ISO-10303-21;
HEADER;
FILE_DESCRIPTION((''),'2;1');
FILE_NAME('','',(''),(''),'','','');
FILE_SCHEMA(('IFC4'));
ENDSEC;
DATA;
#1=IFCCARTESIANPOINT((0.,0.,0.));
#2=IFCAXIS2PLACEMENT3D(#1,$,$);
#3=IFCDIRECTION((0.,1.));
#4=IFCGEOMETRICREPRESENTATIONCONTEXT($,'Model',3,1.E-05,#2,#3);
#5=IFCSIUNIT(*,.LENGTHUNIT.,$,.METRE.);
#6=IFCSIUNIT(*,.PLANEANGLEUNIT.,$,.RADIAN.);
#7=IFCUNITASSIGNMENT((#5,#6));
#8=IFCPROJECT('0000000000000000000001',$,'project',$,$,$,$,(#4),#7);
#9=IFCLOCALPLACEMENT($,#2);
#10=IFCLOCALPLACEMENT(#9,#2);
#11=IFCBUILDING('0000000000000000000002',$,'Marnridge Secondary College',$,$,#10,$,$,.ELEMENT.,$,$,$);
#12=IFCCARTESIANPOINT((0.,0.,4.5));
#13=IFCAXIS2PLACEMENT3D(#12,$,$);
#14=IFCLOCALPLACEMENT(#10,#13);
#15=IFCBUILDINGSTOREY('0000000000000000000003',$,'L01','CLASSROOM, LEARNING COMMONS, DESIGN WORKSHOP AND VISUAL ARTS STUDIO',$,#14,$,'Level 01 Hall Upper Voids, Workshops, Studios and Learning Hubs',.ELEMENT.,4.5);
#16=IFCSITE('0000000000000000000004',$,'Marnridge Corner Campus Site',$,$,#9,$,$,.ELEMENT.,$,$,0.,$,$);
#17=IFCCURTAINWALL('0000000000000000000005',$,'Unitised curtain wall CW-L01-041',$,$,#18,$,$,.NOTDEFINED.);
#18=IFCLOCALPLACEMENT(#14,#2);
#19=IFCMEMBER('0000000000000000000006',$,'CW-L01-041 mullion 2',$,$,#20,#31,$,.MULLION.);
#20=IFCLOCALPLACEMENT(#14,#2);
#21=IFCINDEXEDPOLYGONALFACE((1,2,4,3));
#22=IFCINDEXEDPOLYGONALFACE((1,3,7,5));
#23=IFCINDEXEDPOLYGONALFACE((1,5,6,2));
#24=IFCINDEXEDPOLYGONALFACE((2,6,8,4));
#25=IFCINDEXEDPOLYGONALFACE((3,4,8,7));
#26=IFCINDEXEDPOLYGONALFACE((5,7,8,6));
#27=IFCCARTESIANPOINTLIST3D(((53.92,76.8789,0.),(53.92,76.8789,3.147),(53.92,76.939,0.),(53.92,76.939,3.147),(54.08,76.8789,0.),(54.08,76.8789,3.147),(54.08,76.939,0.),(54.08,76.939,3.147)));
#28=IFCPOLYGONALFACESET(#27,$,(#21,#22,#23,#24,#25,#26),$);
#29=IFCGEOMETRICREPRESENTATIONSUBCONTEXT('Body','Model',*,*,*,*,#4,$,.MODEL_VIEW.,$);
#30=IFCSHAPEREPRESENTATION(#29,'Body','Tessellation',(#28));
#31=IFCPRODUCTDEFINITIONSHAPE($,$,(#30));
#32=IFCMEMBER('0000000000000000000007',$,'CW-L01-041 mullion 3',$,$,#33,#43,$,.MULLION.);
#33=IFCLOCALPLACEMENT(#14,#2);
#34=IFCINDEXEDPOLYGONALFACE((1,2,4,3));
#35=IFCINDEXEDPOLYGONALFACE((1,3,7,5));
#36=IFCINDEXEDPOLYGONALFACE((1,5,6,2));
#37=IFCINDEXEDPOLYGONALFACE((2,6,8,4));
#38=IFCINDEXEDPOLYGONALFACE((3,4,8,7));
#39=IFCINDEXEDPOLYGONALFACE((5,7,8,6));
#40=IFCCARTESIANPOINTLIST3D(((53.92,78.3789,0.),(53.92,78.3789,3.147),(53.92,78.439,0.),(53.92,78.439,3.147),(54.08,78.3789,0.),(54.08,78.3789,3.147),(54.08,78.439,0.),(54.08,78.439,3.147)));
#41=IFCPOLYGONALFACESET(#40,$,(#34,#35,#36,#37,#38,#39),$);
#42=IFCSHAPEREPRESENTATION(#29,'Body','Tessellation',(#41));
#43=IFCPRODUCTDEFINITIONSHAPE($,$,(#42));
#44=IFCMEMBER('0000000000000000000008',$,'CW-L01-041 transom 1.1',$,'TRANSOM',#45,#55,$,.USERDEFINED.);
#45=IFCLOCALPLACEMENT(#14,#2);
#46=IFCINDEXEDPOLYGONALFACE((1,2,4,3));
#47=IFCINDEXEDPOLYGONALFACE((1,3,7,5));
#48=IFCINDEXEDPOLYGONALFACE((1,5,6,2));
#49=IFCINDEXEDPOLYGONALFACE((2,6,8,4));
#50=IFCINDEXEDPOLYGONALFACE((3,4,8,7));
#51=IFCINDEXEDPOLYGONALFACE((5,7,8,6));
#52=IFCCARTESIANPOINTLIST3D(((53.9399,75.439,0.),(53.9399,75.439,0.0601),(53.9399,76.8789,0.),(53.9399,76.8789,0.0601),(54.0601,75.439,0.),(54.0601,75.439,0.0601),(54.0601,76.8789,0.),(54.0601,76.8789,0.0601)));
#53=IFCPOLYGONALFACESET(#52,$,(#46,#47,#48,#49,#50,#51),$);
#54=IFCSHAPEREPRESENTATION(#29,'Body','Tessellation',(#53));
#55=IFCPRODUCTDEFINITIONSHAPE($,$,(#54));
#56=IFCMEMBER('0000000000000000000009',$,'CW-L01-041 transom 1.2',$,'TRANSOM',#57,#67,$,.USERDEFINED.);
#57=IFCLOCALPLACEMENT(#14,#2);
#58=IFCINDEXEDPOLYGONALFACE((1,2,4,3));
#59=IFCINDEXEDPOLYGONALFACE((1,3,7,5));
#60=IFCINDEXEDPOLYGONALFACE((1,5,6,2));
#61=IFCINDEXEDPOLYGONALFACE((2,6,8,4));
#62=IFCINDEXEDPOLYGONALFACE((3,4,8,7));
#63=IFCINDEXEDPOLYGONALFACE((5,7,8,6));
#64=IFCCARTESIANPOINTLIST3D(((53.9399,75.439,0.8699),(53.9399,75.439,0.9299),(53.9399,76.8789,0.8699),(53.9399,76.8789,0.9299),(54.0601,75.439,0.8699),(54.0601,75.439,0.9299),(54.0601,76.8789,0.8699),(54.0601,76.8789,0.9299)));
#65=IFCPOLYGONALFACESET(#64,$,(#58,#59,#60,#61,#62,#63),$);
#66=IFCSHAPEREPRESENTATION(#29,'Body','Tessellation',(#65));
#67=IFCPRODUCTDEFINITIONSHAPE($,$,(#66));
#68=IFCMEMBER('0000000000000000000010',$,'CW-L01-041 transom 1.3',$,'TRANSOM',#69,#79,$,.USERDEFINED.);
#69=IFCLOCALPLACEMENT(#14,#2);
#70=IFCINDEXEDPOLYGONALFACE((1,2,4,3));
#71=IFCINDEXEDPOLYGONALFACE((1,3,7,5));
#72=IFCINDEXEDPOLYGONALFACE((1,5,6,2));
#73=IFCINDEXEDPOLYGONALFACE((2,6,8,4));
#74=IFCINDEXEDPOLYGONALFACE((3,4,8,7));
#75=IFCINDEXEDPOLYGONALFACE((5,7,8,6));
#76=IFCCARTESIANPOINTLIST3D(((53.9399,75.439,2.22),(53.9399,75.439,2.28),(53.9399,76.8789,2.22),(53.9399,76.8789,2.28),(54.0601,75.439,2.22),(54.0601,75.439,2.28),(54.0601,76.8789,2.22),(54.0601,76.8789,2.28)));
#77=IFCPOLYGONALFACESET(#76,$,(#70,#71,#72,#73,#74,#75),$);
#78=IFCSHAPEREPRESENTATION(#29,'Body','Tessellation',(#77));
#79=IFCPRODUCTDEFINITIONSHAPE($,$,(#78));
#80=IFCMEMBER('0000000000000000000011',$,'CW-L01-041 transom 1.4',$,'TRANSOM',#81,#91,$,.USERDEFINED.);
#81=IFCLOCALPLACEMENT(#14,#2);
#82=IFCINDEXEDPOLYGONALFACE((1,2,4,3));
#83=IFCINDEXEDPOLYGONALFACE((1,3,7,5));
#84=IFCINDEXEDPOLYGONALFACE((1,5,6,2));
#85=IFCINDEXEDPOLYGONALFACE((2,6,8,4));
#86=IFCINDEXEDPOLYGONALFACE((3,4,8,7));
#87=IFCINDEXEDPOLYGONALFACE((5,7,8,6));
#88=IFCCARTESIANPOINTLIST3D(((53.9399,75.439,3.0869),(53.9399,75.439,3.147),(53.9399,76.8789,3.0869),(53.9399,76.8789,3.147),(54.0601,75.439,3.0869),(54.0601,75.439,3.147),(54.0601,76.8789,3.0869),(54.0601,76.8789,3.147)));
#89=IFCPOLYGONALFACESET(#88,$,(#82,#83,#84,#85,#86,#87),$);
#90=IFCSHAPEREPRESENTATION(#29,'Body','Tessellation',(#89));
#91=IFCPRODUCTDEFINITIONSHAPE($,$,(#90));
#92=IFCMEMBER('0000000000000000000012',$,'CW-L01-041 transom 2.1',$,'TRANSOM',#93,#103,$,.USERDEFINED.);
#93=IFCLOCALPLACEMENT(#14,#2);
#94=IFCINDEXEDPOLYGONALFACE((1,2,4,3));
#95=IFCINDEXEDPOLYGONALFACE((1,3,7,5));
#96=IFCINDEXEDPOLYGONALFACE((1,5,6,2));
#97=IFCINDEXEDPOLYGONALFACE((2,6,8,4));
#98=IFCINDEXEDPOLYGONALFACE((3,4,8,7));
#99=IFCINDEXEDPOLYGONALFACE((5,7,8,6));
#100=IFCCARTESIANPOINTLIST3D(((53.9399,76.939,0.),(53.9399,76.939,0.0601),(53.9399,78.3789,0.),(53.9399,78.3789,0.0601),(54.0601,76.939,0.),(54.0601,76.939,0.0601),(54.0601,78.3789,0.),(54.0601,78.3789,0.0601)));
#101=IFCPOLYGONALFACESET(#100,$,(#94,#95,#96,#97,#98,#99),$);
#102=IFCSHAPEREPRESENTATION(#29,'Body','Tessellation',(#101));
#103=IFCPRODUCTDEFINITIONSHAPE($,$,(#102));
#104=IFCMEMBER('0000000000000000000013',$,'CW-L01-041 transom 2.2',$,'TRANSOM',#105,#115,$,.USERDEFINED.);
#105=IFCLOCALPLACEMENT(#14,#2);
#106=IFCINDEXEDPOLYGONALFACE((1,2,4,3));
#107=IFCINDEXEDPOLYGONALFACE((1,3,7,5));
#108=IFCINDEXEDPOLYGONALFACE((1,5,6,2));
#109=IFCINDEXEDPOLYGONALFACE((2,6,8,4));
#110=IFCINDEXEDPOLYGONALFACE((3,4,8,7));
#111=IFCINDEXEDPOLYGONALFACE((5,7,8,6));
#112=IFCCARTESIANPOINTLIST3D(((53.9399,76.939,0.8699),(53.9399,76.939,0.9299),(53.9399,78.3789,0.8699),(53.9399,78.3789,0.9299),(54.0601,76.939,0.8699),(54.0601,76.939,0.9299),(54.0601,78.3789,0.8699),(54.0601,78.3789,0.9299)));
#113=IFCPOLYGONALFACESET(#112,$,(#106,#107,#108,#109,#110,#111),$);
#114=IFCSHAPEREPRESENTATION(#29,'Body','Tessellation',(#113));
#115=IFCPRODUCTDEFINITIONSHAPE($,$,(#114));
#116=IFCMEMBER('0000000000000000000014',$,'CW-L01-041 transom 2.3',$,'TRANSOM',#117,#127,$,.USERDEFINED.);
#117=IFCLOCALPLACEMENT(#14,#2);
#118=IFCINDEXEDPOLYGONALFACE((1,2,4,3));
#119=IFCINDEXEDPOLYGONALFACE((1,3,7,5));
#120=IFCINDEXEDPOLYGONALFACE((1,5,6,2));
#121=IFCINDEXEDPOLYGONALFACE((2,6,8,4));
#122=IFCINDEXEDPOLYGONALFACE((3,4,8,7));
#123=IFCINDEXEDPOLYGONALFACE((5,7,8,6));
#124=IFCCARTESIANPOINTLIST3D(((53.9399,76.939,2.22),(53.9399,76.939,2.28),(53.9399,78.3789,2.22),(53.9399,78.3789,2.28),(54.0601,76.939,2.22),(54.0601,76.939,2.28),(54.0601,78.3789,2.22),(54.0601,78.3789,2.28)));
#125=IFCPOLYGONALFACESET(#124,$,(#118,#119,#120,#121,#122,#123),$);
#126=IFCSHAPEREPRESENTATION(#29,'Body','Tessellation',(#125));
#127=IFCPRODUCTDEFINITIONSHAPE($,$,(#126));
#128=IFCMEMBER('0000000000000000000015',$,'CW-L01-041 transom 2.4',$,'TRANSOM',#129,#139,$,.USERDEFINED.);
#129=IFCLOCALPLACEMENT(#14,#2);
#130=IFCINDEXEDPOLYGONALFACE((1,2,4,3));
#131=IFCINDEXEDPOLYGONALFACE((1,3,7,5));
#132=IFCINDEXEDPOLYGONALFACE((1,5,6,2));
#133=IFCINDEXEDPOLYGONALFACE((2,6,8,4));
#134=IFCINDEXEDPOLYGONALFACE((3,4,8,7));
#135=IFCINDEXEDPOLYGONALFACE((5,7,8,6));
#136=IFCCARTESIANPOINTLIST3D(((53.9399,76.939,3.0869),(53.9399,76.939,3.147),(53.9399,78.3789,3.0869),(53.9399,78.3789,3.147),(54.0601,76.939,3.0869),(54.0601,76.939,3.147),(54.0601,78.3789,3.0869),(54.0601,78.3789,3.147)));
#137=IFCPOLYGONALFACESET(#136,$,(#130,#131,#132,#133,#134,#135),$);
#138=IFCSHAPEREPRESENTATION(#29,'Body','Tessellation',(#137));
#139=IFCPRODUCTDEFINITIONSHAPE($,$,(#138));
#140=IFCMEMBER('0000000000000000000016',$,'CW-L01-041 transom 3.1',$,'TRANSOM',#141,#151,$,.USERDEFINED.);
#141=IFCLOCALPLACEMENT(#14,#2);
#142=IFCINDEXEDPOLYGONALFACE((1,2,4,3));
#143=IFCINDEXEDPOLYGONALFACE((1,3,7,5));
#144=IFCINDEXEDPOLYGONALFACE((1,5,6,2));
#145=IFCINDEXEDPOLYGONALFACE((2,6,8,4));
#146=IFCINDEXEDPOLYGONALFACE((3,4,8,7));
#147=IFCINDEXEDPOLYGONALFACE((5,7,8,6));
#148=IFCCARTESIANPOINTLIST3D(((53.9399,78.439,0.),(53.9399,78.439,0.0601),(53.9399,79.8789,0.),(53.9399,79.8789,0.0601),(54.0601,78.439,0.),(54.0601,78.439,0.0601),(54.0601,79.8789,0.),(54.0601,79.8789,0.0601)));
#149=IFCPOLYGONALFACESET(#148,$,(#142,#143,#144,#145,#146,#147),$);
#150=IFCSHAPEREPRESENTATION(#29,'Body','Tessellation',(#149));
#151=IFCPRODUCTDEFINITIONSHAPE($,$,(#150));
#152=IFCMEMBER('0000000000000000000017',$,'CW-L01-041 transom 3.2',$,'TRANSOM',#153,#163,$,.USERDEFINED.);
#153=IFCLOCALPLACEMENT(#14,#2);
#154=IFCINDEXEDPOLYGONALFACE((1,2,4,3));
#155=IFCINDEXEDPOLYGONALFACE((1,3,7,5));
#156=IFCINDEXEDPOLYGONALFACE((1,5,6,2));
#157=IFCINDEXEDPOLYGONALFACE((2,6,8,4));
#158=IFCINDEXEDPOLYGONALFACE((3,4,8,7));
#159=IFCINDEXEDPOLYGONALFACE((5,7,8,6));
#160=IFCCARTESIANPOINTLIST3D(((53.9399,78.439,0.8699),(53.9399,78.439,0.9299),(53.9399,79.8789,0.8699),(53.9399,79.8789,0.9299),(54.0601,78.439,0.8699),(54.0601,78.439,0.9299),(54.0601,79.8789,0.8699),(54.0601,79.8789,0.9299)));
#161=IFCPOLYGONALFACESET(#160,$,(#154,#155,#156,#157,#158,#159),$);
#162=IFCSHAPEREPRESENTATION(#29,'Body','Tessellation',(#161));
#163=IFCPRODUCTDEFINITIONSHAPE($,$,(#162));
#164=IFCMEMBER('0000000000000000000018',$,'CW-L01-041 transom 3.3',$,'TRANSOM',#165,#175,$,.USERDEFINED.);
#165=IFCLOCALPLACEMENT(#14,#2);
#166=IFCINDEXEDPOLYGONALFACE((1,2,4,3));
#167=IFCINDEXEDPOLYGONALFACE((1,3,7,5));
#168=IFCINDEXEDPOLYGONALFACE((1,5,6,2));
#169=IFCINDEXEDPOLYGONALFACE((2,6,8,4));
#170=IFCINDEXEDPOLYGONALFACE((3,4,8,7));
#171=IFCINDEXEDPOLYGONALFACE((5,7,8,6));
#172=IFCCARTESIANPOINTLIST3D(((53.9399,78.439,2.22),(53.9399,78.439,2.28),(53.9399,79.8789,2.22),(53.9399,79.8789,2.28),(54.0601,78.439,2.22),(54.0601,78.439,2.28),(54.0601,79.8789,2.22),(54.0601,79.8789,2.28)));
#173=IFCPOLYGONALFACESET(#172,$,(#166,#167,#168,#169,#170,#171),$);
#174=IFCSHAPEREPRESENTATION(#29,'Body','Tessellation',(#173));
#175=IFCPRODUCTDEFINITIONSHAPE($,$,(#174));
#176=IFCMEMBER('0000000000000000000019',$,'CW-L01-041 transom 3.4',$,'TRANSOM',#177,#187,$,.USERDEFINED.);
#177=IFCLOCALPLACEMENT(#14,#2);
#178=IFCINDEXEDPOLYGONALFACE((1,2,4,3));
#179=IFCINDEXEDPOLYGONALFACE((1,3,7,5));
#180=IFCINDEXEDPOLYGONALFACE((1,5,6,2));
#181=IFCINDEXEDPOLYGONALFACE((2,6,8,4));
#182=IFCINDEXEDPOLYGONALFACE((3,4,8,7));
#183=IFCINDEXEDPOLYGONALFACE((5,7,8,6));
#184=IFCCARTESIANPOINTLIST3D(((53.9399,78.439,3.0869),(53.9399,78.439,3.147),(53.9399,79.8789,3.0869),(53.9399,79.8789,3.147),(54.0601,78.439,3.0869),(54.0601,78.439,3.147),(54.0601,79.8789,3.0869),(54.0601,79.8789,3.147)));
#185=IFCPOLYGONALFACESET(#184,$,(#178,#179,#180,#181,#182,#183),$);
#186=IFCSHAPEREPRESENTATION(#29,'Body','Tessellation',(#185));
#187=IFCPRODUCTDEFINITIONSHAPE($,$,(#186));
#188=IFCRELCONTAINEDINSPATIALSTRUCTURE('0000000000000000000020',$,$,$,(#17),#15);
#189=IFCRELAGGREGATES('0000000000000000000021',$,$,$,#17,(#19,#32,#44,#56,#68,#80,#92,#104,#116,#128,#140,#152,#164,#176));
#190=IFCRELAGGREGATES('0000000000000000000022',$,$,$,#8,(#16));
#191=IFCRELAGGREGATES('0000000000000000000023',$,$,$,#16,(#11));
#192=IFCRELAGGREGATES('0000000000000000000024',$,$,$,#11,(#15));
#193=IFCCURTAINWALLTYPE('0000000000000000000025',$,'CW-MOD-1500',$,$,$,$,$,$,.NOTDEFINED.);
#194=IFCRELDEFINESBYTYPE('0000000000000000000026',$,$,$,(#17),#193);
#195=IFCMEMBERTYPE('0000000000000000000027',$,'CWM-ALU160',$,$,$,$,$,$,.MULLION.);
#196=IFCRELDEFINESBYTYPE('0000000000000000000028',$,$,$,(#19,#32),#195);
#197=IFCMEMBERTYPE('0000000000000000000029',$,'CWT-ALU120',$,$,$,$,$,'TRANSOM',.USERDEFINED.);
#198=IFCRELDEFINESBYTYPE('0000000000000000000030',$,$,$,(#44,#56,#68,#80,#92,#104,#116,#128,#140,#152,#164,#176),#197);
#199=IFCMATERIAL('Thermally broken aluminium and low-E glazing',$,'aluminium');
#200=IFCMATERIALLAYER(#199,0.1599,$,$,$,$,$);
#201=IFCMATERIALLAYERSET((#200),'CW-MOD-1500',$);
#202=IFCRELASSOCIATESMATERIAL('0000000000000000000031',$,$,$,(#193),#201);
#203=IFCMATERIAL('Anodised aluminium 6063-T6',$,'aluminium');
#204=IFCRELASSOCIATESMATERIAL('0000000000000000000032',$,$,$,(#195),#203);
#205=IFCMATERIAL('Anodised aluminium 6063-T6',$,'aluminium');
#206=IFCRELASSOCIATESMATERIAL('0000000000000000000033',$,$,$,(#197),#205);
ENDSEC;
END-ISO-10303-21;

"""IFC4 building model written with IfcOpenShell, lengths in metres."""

from ifc_helpers import new_model, si_unit, direction, frame, origin, origin_2d, place, context, subcontext, project, spatial, rectangle, extrude, material, layer, layer_set, material_profile, profile_set, type_object, element, aggregate, save


model = new_model("IFC4")

# Units and contexts
model_context = context("Model", 3, precision=1e-05, world=origin(), true_north=direction((0.0, 1.0)))
body_context = subcontext(model_context, "Body", "Model", "MODEL_VIEW")
ifc_project = project(units=[si_unit("LENGTHUNIT", "METRE"), si_unit("PLANEANGLEUNIT", "RADIAN")], contexts=[model_context])

# Site, building, storey
site_placement = place(None, origin())
site = spatial("IfcSite", under=ifc_project, at=site_placement, Name="Marnridge Corner Campus Site", CompositionType="ELEMENT", RefElevation=0.0)
building_placement = place(site_placement, origin())
building = spatial("IfcBuilding", under=site, at=building_placement, Name="Marnridge Secondary College", CompositionType="ELEMENT")
storey_placement = place(building_placement, frame((0.0, 0.0, 4.5)))
storey = spatial("IfcBuildingStorey", under=building, at=storey_placement, Name="L01", Description="CLASSROOM, LEARNING COMMONS, DESIGN WORKSHOP AND VISUAL ARTS STUDIO", LongName="Level 01 Hall Upper Voids, Workshops, Studios and Learning Hubs", CompositionType="ELEMENT", Elevation=4.5)

# Curtain wall, members
ifc_material_1 = material(Name="Thermally broken aluminium and low-E glazing", Category="aluminium")
ifc_layer_1 = layer(ifc_material_1, 0.1599)
ifc_layer_set_1 = layer_set([ifc_layer_1], Name="CW-MOD-1500")
curtain_wall_type = type_object("IfcCurtainWallType", Name="CW-MOD-1500", PredefinedType="NOTDEFINED", material=ifc_layer_set_1)
curtain_wall_placement = place(storey_placement, origin())
curtain_wall = element("IfcCurtainWall", 1, at=curtain_wall_placement, inside=storey, type_object=curtain_wall_type, Name="Unitised curtain wall CW-L01-041", PredefinedType="NOTDEFINED")
ifc_material_2 = material(Name="Anodised aluminium 6063-T6", Category="aluminium")
ifc_material_profile_1 = material_profile(ifc_material_2, rectangle(XDim=0.0601, YDim=0.1599, at=origin_2d()), Name="ALU 60x160")
ifc_profile_set_1 = profile_set([ifc_material_profile_1], Name="Anodised aluminium 6063-T6")
member_type_1 = type_object("IfcMemberType", Name="CWM-ALU160", PredefinedType="MULLION", material=ifc_profile_set_1)
member_1_placement = place(storey_placement, frame((54.0, 76.9089, 0.0), z_axis=(0.0, 0.0, 1.0), x_axis=(0.0, 1.0, 0.0)))
member_1 = element("IfcMember", 2, at=member_1_placement, type_object=member_type_1, Name="CW-L01-041 mullion 2", PredefinedType="MULLION", context=body_context, shape_type="SweptSolid", body=[
    extrude(rectangle(XDim=0.0601, YDim=0.1599, at=origin_2d()), origin(), (0.0, 0.0, 1.0), 3.147),
])
member_2_placement = place(storey_placement, frame((54.0, 78.4089, 0.0), z_axis=(0.0, 0.0, 1.0), x_axis=(0.0, 1.0, 0.0)))
member_2 = element("IfcMember", 3, at=member_2_placement, type_object=member_type_1, Name="CW-L01-041 mullion 3", PredefinedType="MULLION", context=body_context, shape_type="SweptSolid", body=[
    extrude(rectangle(XDim=0.0601, YDim=0.1599, at=origin_2d()), origin(), (0.0, 0.0, 1.0), 3.147),
])
ifc_material_3 = material(Name="Anodised aluminium 6063-T6", Category="aluminium")
ifc_material_profile_2 = material_profile(ifc_material_3, rectangle(XDim=0.0601, YDim=0.1201, at=origin_2d()), Name="ALU 60x120")
ifc_profile_set_2 = profile_set([ifc_material_profile_2], Name="Anodised aluminium 6063-T6")
member_type_2 = type_object("IfcMemberType", Name="CWT-ALU120", ElementType="TRANSOM", PredefinedType="USERDEFINED", material=ifc_profile_set_2)
member_3_placement = place(storey_placement, frame((54.0, 75.439, 0.03), z_axis=(0.0, 1.0, 0.0), x_axis=(0.0, 0.0, 1.0)))
member_3 = element("IfcMember", 4, at=member_3_placement, type_object=member_type_2, Name="CW-L01-041 transom 1.1", ObjectType="TRANSOM", PredefinedType="USERDEFINED", context=body_context, shape_type="SweptSolid", body=[
    extrude(rectangle(XDim=0.0601, YDim=0.1201, at=origin_2d()), origin(), (0.0, 0.0, 1.0), 1.4399),
])
member_4_placement = place(storey_placement, frame((54.0, 75.439, 0.8999), z_axis=(0.0, 1.0, 0.0), x_axis=(0.0, 0.0, 1.0)))
member_4 = element("IfcMember", 5, at=member_4_placement, type_object=member_type_2, Name="CW-L01-041 transom 1.2", ObjectType="TRANSOM", PredefinedType="USERDEFINED", context=body_context, shape_type="SweptSolid", body=[
    extrude(rectangle(XDim=0.0601, YDim=0.1201, at=origin_2d()), origin(), (0.0, 0.0, 1.0), 1.4399),
])
member_5_placement = place(storey_placement, frame((54.0, 75.439, 2.25), z_axis=(0.0, 1.0, 0.0), x_axis=(0.0, 0.0, 1.0)))
member_5 = element("IfcMember", 6, at=member_5_placement, type_object=member_type_2, Name="CW-L01-041 transom 1.3", ObjectType="TRANSOM", PredefinedType="USERDEFINED", context=body_context, shape_type="SweptSolid", body=[
    extrude(rectangle(XDim=0.0601, YDim=0.1201, at=origin_2d()), origin(), (0.0, 0.0, 1.0), 1.4399),
])
member_6_placement = place(storey_placement, frame((54.0, 75.439, 3.1169), z_axis=(0.0, 1.0, 0.0), x_axis=(0.0, 0.0, 1.0)))
member_6 = element("IfcMember", 7, at=member_6_placement, type_object=member_type_2, Name="CW-L01-041 transom 1.4", ObjectType="TRANSOM", PredefinedType="USERDEFINED", context=body_context, shape_type="SweptSolid", body=[
    extrude(rectangle(XDim=0.0601, YDim=0.1201, at=origin_2d()), origin(), (0.0, 0.0, 1.0), 1.4399),
])
member_7_placement = place(storey_placement, frame((54.0, 76.939, 0.03), z_axis=(0.0, 1.0, 0.0), x_axis=(0.0, 0.0, 1.0)))
member_7 = element("IfcMember", 8, at=member_7_placement, type_object=member_type_2, Name="CW-L01-041 transom 2.1", ObjectType="TRANSOM", PredefinedType="USERDEFINED", context=body_context, shape_type="SweptSolid", body=[
    extrude(rectangle(XDim=0.0601, YDim=0.1201, at=origin_2d()), origin(), (0.0, 0.0, 1.0), 1.4399),
])
member_8_placement = place(storey_placement, frame((54.0, 76.939, 0.8999), z_axis=(0.0, 1.0, 0.0), x_axis=(0.0, 0.0, 1.0)))
member_8 = element("IfcMember", 9, at=member_8_placement, type_object=member_type_2, Name="CW-L01-041 transom 2.2", ObjectType="TRANSOM", PredefinedType="USERDEFINED", context=body_context, shape_type="SweptSolid", body=[
    extrude(rectangle(XDim=0.0601, YDim=0.1201, at=origin_2d()), origin(), (0.0, 0.0, 1.0), 1.4399),
])
member_9_placement = place(storey_placement, frame((54.0, 76.939, 2.25), z_axis=(0.0, 1.0, 0.0), x_axis=(0.0, 0.0, 1.0)))
member_9 = element("IfcMember", 10, at=member_9_placement, type_object=member_type_2, Name="CW-L01-041 transom 2.3", ObjectType="TRANSOM", PredefinedType="USERDEFINED", context=body_context, shape_type="SweptSolid", body=[
    extrude(rectangle(XDim=0.0601, YDim=0.1201, at=origin_2d()), origin(), (0.0, 0.0, 1.0), 1.4399),
])
member_10_placement = place(storey_placement, frame((54.0, 76.939, 3.1169), z_axis=(0.0, 1.0, 0.0), x_axis=(0.0, 0.0, 1.0)))
member_10 = element("IfcMember", 11, at=member_10_placement, type_object=member_type_2, Name="CW-L01-041 transom 2.4", ObjectType="TRANSOM", PredefinedType="USERDEFINED", context=body_context, shape_type="SweptSolid", body=[
    extrude(rectangle(XDim=0.0601, YDim=0.1201, at=origin_2d()), origin(), (0.0, 0.0, 1.0), 1.4399),
])
member_11_placement = place(storey_placement, frame((54.0, 78.439, 0.03), z_axis=(0.0, 1.0, 0.0), x_axis=(0.0, 0.0, 1.0)))
member_11 = element("IfcMember", 12, at=member_11_placement, type_object=member_type_2, Name="CW-L01-041 transom 3.1", ObjectType="TRANSOM", PredefinedType="USERDEFINED", context=body_context, shape_type="SweptSolid", body=[
    extrude(rectangle(XDim=0.0601, YDim=0.1201, at=origin_2d()), origin(), (0.0, 0.0, 1.0), 1.4399),
])
member_12_placement = place(storey_placement, frame((54.0, 78.439, 0.8999), z_axis=(0.0, 1.0, 0.0), x_axis=(0.0, 0.0, 1.0)))
member_12 = element("IfcMember", 13, at=member_12_placement, type_object=member_type_2, Name="CW-L01-041 transom 3.2", ObjectType="TRANSOM", PredefinedType="USERDEFINED", context=body_context, shape_type="SweptSolid", body=[
    extrude(rectangle(XDim=0.0601, YDim=0.1201, at=origin_2d()), origin(), (0.0, 0.0, 1.0), 1.4399),
])
member_13_placement = place(storey_placement, frame((54.0, 78.439, 2.25), z_axis=(0.0, 1.0, 0.0), x_axis=(0.0, 0.0, 1.0)))
member_13 = element("IfcMember", 14, at=member_13_placement, type_object=member_type_2, Name="CW-L01-041 transom 3.3", ObjectType="TRANSOM", PredefinedType="USERDEFINED", context=body_context, shape_type="SweptSolid", body=[
    extrude(rectangle(XDim=0.0601, YDim=0.1201, at=origin_2d()), origin(), (0.0, 0.0, 1.0), 1.4399),
])
member_14_placement = place(storey_placement, frame((54.0, 78.439, 3.1169), z_axis=(0.0, 1.0, 0.0), x_axis=(0.0, 0.0, 1.0)))
member_14 = element("IfcMember", 15, at=member_14_placement, type_object=member_type_2, Name="CW-L01-041 transom 3.4", ObjectType="TRANSOM", PredefinedType="USERDEFINED", context=body_context, shape_type="SweptSolid", body=[
    extrude(rectangle(XDim=0.0601, YDim=0.1201, at=origin_2d()), origin(), (0.0, 0.0, 1.0), 1.4399),
])
aggregate(curtain_wall, [member_1, member_2, member_3, member_4, member_5, member_6, member_7, member_8, member_9, member_10, member_11, member_12, member_13, member_14])

save(model, "model.ifc")
